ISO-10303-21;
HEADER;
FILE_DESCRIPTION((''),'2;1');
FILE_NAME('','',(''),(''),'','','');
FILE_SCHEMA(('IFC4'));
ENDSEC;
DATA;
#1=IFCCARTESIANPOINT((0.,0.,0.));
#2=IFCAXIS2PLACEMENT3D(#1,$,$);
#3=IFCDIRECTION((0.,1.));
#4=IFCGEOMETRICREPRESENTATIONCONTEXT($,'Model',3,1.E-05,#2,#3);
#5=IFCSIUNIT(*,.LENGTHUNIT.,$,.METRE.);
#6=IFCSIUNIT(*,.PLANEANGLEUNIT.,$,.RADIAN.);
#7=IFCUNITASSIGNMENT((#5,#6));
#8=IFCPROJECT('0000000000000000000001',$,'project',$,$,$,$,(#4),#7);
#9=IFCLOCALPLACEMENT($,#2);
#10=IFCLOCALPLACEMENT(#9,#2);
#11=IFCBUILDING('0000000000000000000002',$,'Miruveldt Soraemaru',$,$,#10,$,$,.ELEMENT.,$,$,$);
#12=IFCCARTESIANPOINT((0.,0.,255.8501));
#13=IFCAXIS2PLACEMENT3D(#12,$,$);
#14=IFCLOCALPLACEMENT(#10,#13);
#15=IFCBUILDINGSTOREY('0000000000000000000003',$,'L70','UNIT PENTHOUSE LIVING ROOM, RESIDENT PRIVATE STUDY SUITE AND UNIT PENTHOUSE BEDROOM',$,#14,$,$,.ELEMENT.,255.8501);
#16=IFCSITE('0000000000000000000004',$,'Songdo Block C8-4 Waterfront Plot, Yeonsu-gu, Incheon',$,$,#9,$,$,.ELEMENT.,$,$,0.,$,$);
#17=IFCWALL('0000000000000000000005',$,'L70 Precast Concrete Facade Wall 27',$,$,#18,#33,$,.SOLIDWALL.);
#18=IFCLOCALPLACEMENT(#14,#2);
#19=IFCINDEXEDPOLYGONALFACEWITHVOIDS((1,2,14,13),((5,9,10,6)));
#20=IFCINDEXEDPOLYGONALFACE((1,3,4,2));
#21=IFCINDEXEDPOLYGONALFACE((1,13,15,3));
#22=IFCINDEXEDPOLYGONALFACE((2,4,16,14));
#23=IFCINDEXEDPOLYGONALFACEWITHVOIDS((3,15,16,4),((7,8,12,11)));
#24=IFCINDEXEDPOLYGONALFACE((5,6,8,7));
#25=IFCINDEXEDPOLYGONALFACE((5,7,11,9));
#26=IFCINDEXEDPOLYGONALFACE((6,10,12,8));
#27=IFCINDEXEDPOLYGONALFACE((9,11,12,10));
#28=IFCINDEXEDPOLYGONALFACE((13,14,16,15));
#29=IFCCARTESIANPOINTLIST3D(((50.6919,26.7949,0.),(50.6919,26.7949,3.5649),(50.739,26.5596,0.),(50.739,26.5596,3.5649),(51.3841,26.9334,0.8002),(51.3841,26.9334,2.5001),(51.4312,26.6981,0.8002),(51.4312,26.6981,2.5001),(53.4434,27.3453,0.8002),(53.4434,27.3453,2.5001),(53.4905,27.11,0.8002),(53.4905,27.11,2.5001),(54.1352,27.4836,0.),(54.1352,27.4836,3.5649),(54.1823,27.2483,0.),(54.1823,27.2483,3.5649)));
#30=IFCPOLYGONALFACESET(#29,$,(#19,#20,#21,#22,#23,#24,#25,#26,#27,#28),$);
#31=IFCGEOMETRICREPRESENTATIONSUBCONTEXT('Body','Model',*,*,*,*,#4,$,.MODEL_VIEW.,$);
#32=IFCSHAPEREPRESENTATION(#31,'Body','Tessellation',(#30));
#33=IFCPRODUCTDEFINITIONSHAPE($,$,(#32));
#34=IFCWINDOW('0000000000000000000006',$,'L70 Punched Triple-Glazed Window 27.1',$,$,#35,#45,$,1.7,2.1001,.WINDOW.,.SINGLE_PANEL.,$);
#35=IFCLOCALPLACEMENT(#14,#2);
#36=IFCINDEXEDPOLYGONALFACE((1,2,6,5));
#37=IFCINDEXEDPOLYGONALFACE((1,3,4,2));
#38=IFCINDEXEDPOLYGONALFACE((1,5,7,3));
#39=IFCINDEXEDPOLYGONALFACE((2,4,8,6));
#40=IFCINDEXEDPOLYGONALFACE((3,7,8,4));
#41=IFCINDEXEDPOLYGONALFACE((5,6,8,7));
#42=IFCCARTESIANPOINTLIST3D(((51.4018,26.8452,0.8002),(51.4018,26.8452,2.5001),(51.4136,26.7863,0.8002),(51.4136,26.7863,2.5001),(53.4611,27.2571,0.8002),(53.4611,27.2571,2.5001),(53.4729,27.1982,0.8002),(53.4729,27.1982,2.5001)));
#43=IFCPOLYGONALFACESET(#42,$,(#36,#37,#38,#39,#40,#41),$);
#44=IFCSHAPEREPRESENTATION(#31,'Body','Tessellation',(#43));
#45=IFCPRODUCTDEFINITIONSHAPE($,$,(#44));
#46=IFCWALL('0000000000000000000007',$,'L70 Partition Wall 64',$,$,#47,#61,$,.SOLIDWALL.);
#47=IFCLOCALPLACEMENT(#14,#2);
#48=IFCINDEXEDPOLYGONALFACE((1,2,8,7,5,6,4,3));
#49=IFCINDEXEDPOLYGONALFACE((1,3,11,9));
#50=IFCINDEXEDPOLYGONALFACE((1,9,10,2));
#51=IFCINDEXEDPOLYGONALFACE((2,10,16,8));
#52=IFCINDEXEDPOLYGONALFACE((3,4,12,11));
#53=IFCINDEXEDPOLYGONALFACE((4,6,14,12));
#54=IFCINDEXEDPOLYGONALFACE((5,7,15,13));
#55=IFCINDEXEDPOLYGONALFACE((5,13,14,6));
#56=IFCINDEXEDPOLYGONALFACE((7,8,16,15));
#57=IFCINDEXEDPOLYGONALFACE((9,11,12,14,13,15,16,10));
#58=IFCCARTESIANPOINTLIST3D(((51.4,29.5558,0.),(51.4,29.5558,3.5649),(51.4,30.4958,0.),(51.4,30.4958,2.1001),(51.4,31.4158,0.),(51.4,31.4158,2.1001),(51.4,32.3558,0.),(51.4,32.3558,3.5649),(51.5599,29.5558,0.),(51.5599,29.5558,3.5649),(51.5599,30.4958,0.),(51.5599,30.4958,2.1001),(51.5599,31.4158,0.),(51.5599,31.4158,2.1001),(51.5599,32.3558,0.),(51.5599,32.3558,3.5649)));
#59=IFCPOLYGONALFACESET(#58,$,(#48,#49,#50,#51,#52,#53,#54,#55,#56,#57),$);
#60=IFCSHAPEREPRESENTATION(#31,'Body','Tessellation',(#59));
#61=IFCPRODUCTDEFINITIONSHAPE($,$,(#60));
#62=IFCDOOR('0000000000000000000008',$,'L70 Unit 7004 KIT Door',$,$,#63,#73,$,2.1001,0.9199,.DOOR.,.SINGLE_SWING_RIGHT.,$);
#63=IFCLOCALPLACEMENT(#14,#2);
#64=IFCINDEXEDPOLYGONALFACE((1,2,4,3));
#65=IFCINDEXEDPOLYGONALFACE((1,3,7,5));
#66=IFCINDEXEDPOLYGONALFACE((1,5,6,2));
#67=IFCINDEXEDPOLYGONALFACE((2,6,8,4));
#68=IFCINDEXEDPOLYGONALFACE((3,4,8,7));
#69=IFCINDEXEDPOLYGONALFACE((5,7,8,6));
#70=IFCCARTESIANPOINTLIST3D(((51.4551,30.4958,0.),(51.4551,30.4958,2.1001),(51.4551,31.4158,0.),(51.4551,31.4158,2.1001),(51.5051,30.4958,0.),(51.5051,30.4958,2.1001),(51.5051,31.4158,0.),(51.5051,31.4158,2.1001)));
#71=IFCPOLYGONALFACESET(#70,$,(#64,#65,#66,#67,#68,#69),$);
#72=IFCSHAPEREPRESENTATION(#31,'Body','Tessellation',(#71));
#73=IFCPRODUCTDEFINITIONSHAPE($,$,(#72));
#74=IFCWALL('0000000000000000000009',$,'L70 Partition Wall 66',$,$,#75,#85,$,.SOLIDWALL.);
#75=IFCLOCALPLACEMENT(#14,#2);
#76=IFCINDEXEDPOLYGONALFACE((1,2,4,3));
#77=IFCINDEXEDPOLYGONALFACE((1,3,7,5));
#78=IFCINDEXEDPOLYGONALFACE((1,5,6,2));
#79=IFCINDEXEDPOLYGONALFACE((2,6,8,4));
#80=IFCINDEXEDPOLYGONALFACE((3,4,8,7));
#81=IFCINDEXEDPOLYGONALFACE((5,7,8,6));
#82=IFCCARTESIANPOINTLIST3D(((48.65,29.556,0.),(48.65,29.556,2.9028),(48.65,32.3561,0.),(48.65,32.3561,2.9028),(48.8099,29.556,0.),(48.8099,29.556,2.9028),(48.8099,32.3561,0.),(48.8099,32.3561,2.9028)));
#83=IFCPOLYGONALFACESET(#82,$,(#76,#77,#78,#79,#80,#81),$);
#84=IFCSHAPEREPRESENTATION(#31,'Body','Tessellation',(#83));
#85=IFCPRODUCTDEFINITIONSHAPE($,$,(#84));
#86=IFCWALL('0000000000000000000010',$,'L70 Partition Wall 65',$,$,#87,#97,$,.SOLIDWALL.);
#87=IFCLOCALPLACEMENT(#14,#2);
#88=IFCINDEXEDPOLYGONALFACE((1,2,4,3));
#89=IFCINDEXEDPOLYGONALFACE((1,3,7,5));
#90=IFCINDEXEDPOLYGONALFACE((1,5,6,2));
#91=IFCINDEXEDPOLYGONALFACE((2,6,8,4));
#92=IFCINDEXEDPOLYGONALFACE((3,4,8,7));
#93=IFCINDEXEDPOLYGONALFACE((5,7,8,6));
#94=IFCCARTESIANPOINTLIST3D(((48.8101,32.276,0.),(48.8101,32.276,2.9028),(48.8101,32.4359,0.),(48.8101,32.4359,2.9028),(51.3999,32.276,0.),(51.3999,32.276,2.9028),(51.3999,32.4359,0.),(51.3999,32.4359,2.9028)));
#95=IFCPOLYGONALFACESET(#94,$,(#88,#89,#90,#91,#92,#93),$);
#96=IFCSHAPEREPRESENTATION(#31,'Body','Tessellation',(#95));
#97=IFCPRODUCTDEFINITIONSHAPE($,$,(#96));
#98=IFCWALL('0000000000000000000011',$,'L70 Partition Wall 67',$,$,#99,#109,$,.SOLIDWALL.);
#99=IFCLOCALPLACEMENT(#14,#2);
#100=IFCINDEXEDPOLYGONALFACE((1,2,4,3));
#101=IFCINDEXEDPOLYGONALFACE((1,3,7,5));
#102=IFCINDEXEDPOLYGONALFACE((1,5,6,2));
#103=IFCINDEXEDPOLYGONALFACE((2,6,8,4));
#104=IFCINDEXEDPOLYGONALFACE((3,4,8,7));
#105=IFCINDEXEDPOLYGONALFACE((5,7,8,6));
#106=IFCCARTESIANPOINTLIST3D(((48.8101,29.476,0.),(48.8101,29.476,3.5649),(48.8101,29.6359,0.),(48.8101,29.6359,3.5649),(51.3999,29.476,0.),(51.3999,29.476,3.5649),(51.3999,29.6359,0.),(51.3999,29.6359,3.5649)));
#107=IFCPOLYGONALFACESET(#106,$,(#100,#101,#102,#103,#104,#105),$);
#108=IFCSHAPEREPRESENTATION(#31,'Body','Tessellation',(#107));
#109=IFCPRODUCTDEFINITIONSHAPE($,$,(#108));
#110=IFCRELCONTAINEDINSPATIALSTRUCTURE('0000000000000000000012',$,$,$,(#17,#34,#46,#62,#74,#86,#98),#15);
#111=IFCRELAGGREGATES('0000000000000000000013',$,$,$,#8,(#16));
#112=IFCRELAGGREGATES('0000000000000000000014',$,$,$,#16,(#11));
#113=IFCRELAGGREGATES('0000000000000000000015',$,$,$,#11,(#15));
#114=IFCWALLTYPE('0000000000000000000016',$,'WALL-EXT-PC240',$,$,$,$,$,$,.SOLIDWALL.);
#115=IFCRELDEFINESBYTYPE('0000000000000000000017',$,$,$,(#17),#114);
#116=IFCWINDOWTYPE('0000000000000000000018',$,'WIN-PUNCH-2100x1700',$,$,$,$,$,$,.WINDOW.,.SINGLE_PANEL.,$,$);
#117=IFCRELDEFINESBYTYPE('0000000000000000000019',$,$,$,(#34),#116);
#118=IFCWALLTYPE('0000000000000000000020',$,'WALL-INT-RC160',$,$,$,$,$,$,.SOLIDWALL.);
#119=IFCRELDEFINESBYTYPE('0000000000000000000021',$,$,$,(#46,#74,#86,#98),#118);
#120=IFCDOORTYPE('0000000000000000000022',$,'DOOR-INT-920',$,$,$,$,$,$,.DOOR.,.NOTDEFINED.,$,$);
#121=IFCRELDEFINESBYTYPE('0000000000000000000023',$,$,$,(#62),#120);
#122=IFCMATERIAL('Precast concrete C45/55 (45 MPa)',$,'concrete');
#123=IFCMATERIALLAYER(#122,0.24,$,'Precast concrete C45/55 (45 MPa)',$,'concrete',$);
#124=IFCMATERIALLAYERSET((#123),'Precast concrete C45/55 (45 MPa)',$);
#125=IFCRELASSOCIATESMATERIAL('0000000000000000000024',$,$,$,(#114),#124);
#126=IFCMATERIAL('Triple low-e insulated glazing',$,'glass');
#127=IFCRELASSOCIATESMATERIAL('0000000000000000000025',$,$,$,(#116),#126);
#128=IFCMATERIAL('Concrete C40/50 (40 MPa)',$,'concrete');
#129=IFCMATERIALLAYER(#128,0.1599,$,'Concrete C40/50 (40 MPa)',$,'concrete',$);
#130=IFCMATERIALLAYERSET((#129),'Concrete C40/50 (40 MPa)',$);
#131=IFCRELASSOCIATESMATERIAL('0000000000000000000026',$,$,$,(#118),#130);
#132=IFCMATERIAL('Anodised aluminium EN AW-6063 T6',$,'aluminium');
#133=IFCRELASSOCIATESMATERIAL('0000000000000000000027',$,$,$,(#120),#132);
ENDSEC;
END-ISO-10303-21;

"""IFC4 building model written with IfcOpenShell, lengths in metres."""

from ifc_helpers import new_model, si_unit, direction, frame, frame_2d, origin, place, context, subcontext, project, spatial, rectangle, extrude, material, layer, layer_set, type_object, element, fill, save


model = new_model("IFC4")

# Units and contexts
model_context = context("Model", 3, precision=1e-05, world=origin(), true_north=direction((0.0, 1.0)))
body_context = subcontext(model_context, "Body", "Model", "MODEL_VIEW")
ifc_project = project(units=[si_unit("LENGTHUNIT", "METRE"), si_unit("PLANEANGLEUNIT", "RADIAN")], contexts=[model_context])

# Site, building, storey
site_placement = place(None, origin())
site = spatial("IfcSite", under=ifc_project, at=site_placement, Name="Songdo Block C8-4 Waterfront Plot, Yeonsu-gu, Incheon", CompositionType="ELEMENT", RefElevation=0.0)
building_placement = place(site_placement, origin())
building = spatial("IfcBuilding", under=site, at=building_placement, Name="Miruveldt Soraemaru", CompositionType="ELEMENT")
storey_placement = place(building_placement, frame((0.0, 0.0, 255.8501)))
storey = spatial("IfcBuildingStorey", under=building, at=storey_placement, Name="L70", Description="UNIT PENTHOUSE LIVING ROOM, RESIDENT PRIVATE STUDY SUITE AND UNIT PENTHOUSE BEDROOM", CompositionType="ELEMENT", Elevation=255.8501)

# Wall, opening, window
ifc_material_1 = material(Name="Precast concrete C45/55 (45 MPa)", Category="concrete")
ifc_layer_1 = layer(ifc_material_1, 0.24, Name="Precast concrete C45/55 (45 MPa)", Category="concrete")
ifc_layer_set_1 = layer_set([ifc_layer_1], Name="Precast concrete C45/55 (45 MPa)")
wall_type_1 = type_object("IfcWallType", Name="WALL-EXT-PC240", PredefinedType="SOLIDWALL", material=ifc_layer_set_1)
wall_1_placement = place(storey_placement, frame((50.7153, 26.6772, 0.0), z_axis=(0.0, 0.0, 1.0), x_axis=(0.980578, 0.19613, 0.0)))
wall_1 = element("IfcWall", 1, at=wall_1_placement, inside=storey, type_object=wall_type_1, Name="L70 Precast Concrete Facade Wall 27", PredefinedType="SOLIDWALL", context=body_context, shape_type="SweptSolid", body=[
    extrude(rectangle(XDim=3.5115, YDim=0.24, at=frame_2d((1.7559, 0.0))), origin(), (0.0, 0.0, 1.0), 3.5649),
])
opening_1_placement = place(wall_1_placement, frame((0.7061, 0.0, 0.8)))
opening_1 = element("IfcOpeningElement", 2, at=opening_1_placement, cuts=wall_1, PredefinedType="OPENING", context=body_context, shape_type="SweptSolid", body=[
    extrude(rectangle(XDim=2.1001, YDim=1.7, at=frame_2d((1.05, 0.8501))), frame((0.0, 0.1299, 0.0), z_axis=(0.0, -1.0, 0.0), x_axis=(1.0, 0.0, 0.0)), (0.0, 0.0, 1.0), 0.26),
])
ifc_material_2 = material(Name="Triple low-e insulated glazing", Category="glass")
window_type = type_object("IfcWindowType", Name="WIN-PUNCH-2100x1700", PartitioningType="SINGLE_PANEL", PredefinedType="WINDOW", material=ifc_material_2)
window_placement = place(opening_1_placement, origin())
window = element("IfcWindow", 3, at=window_placement, inside=storey, type_object=window_type, Name="L70 Punched Triple-Glazed Window 27.1", OverallHeight=1.7, OverallWidth=2.1001, PartitioningType="SINGLE_PANEL", PredefinedType="WINDOW", context=body_context, shape_type="SweptSolid", body=[
    extrude(rectangle(XDim=2.1001, YDim=1.7, at=frame_2d((1.05, 0.8501))), frame((0.0, 0.03, 0.0), z_axis=(0.0, -1.0, 0.0), x_axis=(1.0, 0.0, 0.0)), (0.0, 0.0, 1.0), 0.0601),
])
fill(opening_1, window)

# Wall, opening, door
ifc_material_3 = material(Name="Concrete C40/50 (40 MPa)", Category="concrete")
ifc_layer_2 = layer(ifc_material_3, 0.1599, Name="Concrete C40/50 (40 MPa)", Category="concrete")
ifc_layer_set_2 = layer_set([ifc_layer_2], Name="Concrete C40/50 (40 MPa)")
wall_type_2 = type_object("IfcWallType", Name="WALL-INT-RC160", PredefinedType="SOLIDWALL", material=ifc_layer_set_2)
wall_2_placement = place(storey_placement, frame((51.48, 29.5559, 0.0), z_axis=(0.0, 0.0, 1.0), x_axis=(0.0, 1.0, 0.0)))
wall_2 = element("IfcWall", 4, at=wall_2_placement, inside=storey, type_object=wall_type_2, Name="L70 Partition Wall 64", PredefinedType="SOLIDWALL", context=body_context, shape_type="SweptSolid", body=[
    extrude(rectangle(XDim=2.8, YDim=0.1599, at=frame_2d((1.3999, 0.0))), origin(), (0.0, 0.0, 1.0), 3.5649),
])
opening_2_placement = place(wall_2_placement, frame((0.9399, 0.0, 0.0)))
opening_2 = element("IfcOpeningElement", 5, at=opening_2_placement, cuts=wall_2, PredefinedType="OPENING", context=body_context, shape_type="SweptSolid", body=[
    extrude(rectangle(XDim=0.9199, YDim=2.1001, at=frame_2d((0.46, 1.05))), frame((0.0, 0.0898, 0.0), z_axis=(0.0, -1.0, 0.0), x_axis=(1.0, 0.0, 0.0)), (0.0, 0.0, 1.0), 0.1799),
])
ifc_material_4 = material(Name="Anodised aluminium EN AW-6063 T6", Category="aluminium")
door_type = type_object("IfcDoorType", Name="DOOR-INT-920", OperationType="NOTDEFINED", PredefinedType="DOOR", material=ifc_material_4)
door_placement = place(opening_2_placement, origin())
door = element("IfcDoor", 6, at=door_placement, inside=storey, type_object=door_type, Name="L70 Unit 7004 KIT Door", OperationType="SINGLE_SWING_RIGHT", OverallHeight=2.1001, OverallWidth=0.9199, PredefinedType="DOOR", context=body_context, shape_type="SweptSolid", body=[
    extrude(rectangle(XDim=0.9199, YDim=2.1001, at=frame_2d((0.46, 1.05))), frame((0.0, 0.0249, 0.0), z_axis=(0.0, -1.0, 0.0), x_axis=(1.0, 0.0, 0.0)), (0.0, 0.0, 1.0), 0.05),
])
fill(opening_2, door)

# Walls
wall_3_placement = place(storey_placement, frame((48.73, 32.356, 0.0), z_axis=(0.0, 0.0, 1.0), x_axis=(0.0, -1.0, 0.0)))
element("IfcWall", 7, at=wall_3_placement, inside=storey, type_object=wall_type_2, Name="L70 Partition Wall 66", PredefinedType="SOLIDWALL", context=body_context, shape_type="SweptSolid", body=[
    extrude(rectangle(XDim=2.8, YDim=0.1599, at=frame_2d((1.3999, 0.0))), origin(), (0.0, 0.0, 1.0), 2.9028),
])
wall_4_placement = place(storey_placement, frame((51.3999, 32.356, 0.0), z_axis=(0.0, 0.0, 1.0), x_axis=(-1.0, 0.0, 0.0)))
element("IfcWall", 8, at=wall_4_placement, inside=storey, type_object=wall_type_2, Name="L70 Partition Wall 65", PredefinedType="SOLIDWALL", context=body_context, shape_type="SweptSolid", body=[
    extrude(rectangle(XDim=2.5898, YDim=0.1599, at=frame_2d((1.2949, 0.0))), origin(), (0.0, 0.0, 1.0), 2.9028),
])
wall_5_placement = place(storey_placement, frame((48.8101, 29.5559, 0.0), z_axis=(0.0, 0.0, 1.0), x_axis=(1.0, 0.0, 0.0)))
element("IfcWall", 9, at=wall_5_placement, inside=storey, type_object=wall_type_2, Name="L70 Partition Wall 67", PredefinedType="SOLIDWALL", context=body_context, shape_type="SweptSolid", body=[
    extrude(rectangle(XDim=2.5898, YDim=0.1599, at=frame_2d((1.2949, 0.0))), origin(), (0.0, 0.0, 1.0), 3.5649),
])

save(model, "model.ifc")
